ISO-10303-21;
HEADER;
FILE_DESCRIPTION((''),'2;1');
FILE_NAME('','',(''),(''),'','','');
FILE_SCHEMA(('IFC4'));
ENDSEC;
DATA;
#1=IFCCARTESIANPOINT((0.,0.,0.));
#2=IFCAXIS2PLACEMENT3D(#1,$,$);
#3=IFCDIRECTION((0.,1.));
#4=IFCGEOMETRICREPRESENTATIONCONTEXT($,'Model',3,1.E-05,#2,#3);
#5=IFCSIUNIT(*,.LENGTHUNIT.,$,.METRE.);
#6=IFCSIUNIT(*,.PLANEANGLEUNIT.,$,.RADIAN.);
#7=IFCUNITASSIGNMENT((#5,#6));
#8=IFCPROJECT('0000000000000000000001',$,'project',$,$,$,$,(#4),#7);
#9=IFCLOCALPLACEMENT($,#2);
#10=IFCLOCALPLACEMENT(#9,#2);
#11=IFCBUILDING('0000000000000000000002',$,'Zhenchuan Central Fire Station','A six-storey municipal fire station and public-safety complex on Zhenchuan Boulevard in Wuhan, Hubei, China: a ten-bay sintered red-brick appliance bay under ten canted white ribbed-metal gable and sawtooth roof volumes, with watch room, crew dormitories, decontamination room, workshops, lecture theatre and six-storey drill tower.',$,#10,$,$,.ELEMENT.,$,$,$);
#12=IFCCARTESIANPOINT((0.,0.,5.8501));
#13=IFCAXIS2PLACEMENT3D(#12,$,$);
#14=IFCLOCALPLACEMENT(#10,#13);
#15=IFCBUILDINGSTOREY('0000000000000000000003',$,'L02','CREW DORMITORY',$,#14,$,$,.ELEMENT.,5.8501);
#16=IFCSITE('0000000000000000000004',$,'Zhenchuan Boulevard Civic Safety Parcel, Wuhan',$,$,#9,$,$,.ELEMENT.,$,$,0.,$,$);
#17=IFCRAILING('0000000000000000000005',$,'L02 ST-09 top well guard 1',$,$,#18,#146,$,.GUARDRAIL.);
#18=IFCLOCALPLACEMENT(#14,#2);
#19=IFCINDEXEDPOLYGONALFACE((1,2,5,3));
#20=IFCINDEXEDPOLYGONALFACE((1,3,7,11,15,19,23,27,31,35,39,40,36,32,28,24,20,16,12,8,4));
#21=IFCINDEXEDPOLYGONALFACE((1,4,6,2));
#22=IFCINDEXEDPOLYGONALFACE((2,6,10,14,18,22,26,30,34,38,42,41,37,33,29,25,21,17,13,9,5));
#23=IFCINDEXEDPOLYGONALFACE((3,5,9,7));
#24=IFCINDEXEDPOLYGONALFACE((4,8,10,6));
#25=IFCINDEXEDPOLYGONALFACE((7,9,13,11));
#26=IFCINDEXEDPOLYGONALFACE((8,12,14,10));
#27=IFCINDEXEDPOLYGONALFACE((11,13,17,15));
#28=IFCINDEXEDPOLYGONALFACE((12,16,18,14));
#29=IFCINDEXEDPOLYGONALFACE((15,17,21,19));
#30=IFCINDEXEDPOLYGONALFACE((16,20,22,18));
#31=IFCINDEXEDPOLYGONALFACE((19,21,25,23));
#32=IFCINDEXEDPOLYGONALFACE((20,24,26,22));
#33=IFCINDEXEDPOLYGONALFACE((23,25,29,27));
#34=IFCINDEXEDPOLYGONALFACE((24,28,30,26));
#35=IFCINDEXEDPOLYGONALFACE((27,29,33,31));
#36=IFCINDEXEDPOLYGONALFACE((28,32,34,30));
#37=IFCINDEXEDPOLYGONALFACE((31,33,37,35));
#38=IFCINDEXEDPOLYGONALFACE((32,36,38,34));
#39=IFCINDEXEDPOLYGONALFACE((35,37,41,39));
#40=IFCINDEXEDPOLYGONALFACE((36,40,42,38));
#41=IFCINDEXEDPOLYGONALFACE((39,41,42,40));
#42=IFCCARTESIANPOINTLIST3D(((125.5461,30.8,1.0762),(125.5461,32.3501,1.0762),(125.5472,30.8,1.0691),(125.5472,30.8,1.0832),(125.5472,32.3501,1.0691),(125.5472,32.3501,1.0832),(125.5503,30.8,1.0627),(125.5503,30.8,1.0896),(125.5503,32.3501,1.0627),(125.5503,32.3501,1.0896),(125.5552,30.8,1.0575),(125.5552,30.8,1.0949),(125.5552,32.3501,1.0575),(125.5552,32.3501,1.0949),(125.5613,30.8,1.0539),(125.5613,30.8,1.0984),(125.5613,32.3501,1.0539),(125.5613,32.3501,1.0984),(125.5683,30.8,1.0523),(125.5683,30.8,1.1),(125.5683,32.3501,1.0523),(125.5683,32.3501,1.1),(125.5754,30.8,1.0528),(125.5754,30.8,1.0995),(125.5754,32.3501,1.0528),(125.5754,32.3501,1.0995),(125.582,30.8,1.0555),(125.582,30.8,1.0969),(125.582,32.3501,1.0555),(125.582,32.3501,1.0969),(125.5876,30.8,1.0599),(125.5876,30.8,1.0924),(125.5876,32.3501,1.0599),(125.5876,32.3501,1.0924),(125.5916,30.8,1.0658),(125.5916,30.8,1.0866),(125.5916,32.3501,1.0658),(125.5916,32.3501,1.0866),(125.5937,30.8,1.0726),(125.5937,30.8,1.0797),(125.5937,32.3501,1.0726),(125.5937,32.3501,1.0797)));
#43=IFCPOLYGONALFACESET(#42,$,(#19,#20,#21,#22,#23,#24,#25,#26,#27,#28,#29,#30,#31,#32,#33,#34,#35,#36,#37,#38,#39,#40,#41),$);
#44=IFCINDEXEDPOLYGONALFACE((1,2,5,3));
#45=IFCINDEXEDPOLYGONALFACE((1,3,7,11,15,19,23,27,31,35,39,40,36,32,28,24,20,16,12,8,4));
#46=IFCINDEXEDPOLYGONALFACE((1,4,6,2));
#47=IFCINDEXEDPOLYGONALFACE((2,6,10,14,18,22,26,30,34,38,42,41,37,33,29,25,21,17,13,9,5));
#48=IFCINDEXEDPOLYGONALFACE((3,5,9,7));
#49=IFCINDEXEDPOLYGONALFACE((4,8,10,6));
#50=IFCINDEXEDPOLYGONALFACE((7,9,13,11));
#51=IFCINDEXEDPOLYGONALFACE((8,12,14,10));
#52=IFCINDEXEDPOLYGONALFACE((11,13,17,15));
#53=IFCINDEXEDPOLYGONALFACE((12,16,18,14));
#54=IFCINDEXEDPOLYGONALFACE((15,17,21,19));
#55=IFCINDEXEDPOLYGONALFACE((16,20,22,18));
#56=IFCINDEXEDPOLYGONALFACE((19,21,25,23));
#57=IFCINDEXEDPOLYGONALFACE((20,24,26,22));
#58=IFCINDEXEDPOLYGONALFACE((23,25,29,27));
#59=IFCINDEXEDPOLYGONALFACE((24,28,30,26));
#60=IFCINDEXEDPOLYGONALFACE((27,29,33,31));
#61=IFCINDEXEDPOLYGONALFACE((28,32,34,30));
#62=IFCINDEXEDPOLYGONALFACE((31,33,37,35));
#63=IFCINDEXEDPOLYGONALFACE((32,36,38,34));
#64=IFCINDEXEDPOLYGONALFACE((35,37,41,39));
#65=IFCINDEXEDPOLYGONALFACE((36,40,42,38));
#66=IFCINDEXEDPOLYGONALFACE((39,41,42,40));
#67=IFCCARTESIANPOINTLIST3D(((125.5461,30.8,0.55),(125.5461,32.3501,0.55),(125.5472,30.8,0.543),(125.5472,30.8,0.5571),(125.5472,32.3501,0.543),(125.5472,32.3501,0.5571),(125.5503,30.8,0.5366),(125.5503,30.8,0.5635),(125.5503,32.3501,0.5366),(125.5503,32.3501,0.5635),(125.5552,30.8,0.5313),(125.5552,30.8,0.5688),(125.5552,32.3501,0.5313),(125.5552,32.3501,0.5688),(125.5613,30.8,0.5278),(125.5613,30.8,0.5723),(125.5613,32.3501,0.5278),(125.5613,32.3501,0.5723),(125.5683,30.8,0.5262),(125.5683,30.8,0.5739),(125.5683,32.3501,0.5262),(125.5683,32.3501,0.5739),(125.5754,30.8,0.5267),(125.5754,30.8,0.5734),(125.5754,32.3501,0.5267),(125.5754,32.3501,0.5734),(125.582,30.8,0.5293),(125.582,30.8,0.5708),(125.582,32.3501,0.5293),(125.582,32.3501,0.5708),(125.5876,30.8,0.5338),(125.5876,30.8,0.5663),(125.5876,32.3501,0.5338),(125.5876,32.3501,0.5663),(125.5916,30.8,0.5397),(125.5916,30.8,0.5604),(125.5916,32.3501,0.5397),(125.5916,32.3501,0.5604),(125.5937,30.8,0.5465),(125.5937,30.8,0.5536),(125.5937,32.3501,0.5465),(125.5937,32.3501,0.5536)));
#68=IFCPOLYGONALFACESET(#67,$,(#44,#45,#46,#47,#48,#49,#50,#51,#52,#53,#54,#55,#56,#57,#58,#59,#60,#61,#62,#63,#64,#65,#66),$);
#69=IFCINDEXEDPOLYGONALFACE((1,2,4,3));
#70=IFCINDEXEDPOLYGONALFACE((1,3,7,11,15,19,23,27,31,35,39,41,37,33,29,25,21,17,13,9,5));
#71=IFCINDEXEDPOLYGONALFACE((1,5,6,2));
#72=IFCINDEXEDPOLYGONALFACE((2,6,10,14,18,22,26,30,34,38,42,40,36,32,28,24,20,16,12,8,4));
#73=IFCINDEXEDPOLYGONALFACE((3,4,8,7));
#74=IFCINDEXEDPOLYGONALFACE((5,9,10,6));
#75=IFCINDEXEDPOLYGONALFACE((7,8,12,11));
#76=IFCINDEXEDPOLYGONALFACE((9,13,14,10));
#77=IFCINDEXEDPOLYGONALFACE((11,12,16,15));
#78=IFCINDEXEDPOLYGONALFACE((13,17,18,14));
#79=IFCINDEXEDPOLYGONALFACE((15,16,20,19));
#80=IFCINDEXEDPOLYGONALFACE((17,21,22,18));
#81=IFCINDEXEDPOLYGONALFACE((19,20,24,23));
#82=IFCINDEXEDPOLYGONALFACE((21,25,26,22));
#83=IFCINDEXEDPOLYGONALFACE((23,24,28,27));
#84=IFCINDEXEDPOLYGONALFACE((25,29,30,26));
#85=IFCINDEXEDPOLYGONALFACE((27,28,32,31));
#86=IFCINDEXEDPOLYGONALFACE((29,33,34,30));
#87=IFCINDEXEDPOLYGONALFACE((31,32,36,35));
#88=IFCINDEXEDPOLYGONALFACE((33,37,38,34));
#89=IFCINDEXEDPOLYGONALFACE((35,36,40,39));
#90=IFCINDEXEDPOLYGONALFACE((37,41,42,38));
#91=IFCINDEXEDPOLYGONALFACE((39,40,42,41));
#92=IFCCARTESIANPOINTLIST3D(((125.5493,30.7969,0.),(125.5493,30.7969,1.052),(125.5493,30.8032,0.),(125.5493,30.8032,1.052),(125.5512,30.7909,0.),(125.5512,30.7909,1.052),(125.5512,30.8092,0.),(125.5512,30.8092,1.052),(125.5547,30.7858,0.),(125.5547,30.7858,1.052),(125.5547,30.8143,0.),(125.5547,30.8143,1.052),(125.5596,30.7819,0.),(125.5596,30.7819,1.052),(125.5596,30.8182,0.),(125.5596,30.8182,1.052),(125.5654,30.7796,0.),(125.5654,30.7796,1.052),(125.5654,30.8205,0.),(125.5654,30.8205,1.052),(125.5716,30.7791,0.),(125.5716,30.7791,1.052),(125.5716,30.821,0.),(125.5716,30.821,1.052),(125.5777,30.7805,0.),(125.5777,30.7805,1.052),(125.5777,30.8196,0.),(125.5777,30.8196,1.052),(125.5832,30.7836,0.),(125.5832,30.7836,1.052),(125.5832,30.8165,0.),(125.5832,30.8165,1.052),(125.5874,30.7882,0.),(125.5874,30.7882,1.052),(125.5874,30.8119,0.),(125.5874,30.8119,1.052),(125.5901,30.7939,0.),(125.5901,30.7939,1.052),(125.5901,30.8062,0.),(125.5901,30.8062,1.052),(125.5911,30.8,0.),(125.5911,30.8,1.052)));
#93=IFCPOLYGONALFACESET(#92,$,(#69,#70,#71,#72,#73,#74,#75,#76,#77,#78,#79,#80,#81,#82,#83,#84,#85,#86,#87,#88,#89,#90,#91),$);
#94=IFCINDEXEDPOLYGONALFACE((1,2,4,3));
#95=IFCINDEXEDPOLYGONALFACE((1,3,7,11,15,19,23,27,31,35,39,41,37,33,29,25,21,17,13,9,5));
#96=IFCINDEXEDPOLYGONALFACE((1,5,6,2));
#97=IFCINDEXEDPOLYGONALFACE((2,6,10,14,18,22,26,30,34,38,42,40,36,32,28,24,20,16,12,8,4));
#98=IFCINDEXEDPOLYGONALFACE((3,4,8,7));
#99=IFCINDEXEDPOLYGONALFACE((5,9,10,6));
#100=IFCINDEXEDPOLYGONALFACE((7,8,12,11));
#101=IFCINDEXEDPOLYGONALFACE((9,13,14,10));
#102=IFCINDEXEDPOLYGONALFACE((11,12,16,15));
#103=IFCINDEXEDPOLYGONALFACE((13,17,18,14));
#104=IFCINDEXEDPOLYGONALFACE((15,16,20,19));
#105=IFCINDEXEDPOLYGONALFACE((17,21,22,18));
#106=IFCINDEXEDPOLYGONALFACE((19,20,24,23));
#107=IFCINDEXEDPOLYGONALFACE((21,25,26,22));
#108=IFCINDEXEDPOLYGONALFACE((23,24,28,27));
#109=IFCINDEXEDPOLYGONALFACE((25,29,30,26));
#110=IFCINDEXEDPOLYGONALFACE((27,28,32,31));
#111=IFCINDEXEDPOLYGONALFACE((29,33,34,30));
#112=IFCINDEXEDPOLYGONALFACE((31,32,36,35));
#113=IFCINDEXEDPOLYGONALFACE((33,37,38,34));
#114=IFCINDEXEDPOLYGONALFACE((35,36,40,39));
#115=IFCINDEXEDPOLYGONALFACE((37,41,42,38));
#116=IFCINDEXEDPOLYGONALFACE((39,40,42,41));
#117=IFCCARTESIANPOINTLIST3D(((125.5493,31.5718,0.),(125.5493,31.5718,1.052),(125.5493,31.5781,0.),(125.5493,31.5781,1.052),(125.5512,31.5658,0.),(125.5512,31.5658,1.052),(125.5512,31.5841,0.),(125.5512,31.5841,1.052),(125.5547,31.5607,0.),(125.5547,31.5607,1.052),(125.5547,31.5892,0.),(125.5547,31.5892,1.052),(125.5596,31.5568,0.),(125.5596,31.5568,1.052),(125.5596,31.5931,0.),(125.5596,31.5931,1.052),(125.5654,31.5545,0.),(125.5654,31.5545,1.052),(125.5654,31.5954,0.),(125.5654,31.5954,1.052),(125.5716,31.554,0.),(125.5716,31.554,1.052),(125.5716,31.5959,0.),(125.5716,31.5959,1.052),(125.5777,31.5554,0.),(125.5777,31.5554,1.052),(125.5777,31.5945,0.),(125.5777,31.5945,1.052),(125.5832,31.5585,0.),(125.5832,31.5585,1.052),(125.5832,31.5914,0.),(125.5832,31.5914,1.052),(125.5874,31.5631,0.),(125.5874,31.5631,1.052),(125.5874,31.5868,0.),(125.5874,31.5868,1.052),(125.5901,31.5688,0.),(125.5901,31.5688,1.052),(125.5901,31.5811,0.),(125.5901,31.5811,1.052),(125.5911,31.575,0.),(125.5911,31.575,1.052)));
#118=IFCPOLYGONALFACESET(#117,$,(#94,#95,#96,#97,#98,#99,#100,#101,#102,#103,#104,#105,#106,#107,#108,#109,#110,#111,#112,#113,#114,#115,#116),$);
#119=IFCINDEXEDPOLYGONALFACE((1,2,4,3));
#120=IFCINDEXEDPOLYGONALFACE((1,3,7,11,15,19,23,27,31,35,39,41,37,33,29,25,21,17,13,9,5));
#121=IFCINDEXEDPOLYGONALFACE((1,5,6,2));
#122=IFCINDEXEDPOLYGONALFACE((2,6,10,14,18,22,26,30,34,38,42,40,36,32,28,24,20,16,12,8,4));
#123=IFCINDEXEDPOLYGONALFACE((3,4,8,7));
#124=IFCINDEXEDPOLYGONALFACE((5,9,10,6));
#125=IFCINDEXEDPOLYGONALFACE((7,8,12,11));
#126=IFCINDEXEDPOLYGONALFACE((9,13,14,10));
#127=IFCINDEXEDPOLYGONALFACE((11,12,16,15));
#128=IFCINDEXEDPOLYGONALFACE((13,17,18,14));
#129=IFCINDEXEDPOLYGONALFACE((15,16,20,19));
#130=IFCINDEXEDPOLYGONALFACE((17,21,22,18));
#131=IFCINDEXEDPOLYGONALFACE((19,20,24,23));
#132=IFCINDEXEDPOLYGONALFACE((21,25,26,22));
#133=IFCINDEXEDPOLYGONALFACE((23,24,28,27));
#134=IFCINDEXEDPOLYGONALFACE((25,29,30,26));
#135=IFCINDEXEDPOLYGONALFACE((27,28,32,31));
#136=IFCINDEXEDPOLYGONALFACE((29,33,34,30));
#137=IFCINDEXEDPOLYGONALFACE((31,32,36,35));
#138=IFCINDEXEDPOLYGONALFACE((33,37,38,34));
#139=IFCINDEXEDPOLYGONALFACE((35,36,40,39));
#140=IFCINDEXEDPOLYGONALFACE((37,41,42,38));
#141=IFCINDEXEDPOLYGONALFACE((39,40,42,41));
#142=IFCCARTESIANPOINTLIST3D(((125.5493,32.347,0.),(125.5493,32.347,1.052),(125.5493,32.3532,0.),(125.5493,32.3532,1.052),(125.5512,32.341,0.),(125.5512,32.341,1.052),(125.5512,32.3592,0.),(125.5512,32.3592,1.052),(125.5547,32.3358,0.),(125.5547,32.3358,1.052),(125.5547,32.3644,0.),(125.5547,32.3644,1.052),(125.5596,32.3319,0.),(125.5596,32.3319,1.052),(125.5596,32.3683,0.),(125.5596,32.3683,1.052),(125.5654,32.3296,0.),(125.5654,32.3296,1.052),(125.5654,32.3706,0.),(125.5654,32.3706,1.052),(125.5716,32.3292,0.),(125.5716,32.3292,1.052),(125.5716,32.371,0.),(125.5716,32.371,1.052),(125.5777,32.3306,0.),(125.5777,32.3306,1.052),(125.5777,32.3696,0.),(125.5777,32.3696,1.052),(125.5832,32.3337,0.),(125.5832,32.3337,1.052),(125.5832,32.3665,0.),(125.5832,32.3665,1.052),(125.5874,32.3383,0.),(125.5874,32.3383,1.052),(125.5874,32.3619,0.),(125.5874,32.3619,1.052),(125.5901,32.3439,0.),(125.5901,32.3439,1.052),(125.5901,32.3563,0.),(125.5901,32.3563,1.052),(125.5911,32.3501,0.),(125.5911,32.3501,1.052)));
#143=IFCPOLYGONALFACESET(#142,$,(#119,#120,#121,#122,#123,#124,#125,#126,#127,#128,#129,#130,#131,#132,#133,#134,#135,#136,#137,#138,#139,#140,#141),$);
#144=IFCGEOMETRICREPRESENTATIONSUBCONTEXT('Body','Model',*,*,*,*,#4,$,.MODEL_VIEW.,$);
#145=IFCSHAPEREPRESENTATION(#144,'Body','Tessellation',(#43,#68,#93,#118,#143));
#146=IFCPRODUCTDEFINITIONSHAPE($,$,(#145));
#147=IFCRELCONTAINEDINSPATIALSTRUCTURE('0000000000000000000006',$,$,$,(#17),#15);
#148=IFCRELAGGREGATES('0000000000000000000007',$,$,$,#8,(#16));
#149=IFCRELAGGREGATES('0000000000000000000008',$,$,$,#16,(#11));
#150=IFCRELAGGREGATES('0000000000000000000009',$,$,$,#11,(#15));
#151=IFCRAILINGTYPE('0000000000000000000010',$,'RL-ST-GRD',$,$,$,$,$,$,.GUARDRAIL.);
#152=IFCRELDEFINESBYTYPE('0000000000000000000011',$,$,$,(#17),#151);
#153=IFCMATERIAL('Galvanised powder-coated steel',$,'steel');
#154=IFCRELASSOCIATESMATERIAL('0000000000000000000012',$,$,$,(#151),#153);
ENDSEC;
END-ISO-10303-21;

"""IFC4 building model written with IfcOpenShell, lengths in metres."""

from ifc_helpers import new_model, si_unit, direction, frame, origin, origin_2d, place, context, subcontext, project, spatial, circle, extrude, material, type_object, element, save


model = new_model("IFC4")

# Units and contexts
model_context = context("Model", 3, precision=1e-05, world=origin(), true_north=direction((0.0, 1.0)))
body_context = subcontext(model_context, "Body", "Model", "MODEL_VIEW")
ifc_project = project(units=[si_unit("LENGTHUNIT", "METRE"), si_unit("PLANEANGLEUNIT", "RADIAN")], contexts=[model_context])

# Site, building, storey
site_placement = place(None, origin())
site = spatial("IfcSite", under=ifc_project, at=site_placement, Name="Zhenchuan Boulevard Civic Safety Parcel, Wuhan", CompositionType="ELEMENT", RefElevation=0.0)
building_placement = place(site_placement, origin())
building = spatial("IfcBuilding", under=site, at=building_placement, Name="Zhenchuan Central Fire Station", Description="A six-storey municipal fire station and public-safety complex on Zhenchuan Boulevard in Wuhan, Hubei, China: a ten-bay sintered red-brick appliance bay under ten canted white ribbed-metal gable and sawtooth roof volumes, with watch room, crew dormitories, decontamination room, workshops, lecture theatre and six-storey drill tower.", CompositionType="ELEMENT")
storey_placement = place(building_placement, frame((0.0, 0.0, 5.8501)))
storey = spatial("IfcBuildingStorey", under=building, at=storey_placement, Name="L02", Description="CREW DORMITORY", CompositionType="ELEMENT", Elevation=5.8501)

# Railing
ifc_material_1 = material(Name="Galvanised powder-coated steel", Category="steel")
railing_type = type_object("IfcRailingType", Name="RL-ST-GRD", PredefinedType="GUARDRAIL", material=ifc_material_1)
railing_placement = place(storey_placement, frame((125.5701, 30.8, 0.0)))
element("IfcRailing", 1, at=railing_placement, inside=storey, type_object=railing_type, Name="L02 ST-09 top well guard 1", PredefinedType="GUARDRAIL", context=body_context, shape_type="SweptSolid", body=[
    extrude(circle(Radius=0.0239, at=origin_2d()), frame((0.0, 0.0, 1.0762), z_axis=(0.0, 1.0, 0.0), x_axis=(-1.0, 0.0, 0.0)), (0.0, 0.0, 1.0), 1.55),
    extrude(circle(Radius=0.0239, at=origin_2d()), frame((0.0, 0.0, 0.55), z_axis=(0.0, 1.0, 0.0), x_axis=(-1.0, 0.0, 0.0)), (0.0, 0.0, 1.0), 1.55),
    extrude(circle(Radius=0.021, at=origin_2d()), origin(), (0.0, 0.0, 1.0), 1.052),
    extrude(circle(Radius=0.021, at=origin_2d()), frame((0.0, 0.7749, 0.0)), (0.0, 0.0, 1.0), 1.052),
    extrude(circle(Radius=0.021, at=origin_2d()), frame((0.0, 1.55, 0.0)), (0.0, 0.0, 1.0), 1.052),
])

save(model, "model.ifc")
